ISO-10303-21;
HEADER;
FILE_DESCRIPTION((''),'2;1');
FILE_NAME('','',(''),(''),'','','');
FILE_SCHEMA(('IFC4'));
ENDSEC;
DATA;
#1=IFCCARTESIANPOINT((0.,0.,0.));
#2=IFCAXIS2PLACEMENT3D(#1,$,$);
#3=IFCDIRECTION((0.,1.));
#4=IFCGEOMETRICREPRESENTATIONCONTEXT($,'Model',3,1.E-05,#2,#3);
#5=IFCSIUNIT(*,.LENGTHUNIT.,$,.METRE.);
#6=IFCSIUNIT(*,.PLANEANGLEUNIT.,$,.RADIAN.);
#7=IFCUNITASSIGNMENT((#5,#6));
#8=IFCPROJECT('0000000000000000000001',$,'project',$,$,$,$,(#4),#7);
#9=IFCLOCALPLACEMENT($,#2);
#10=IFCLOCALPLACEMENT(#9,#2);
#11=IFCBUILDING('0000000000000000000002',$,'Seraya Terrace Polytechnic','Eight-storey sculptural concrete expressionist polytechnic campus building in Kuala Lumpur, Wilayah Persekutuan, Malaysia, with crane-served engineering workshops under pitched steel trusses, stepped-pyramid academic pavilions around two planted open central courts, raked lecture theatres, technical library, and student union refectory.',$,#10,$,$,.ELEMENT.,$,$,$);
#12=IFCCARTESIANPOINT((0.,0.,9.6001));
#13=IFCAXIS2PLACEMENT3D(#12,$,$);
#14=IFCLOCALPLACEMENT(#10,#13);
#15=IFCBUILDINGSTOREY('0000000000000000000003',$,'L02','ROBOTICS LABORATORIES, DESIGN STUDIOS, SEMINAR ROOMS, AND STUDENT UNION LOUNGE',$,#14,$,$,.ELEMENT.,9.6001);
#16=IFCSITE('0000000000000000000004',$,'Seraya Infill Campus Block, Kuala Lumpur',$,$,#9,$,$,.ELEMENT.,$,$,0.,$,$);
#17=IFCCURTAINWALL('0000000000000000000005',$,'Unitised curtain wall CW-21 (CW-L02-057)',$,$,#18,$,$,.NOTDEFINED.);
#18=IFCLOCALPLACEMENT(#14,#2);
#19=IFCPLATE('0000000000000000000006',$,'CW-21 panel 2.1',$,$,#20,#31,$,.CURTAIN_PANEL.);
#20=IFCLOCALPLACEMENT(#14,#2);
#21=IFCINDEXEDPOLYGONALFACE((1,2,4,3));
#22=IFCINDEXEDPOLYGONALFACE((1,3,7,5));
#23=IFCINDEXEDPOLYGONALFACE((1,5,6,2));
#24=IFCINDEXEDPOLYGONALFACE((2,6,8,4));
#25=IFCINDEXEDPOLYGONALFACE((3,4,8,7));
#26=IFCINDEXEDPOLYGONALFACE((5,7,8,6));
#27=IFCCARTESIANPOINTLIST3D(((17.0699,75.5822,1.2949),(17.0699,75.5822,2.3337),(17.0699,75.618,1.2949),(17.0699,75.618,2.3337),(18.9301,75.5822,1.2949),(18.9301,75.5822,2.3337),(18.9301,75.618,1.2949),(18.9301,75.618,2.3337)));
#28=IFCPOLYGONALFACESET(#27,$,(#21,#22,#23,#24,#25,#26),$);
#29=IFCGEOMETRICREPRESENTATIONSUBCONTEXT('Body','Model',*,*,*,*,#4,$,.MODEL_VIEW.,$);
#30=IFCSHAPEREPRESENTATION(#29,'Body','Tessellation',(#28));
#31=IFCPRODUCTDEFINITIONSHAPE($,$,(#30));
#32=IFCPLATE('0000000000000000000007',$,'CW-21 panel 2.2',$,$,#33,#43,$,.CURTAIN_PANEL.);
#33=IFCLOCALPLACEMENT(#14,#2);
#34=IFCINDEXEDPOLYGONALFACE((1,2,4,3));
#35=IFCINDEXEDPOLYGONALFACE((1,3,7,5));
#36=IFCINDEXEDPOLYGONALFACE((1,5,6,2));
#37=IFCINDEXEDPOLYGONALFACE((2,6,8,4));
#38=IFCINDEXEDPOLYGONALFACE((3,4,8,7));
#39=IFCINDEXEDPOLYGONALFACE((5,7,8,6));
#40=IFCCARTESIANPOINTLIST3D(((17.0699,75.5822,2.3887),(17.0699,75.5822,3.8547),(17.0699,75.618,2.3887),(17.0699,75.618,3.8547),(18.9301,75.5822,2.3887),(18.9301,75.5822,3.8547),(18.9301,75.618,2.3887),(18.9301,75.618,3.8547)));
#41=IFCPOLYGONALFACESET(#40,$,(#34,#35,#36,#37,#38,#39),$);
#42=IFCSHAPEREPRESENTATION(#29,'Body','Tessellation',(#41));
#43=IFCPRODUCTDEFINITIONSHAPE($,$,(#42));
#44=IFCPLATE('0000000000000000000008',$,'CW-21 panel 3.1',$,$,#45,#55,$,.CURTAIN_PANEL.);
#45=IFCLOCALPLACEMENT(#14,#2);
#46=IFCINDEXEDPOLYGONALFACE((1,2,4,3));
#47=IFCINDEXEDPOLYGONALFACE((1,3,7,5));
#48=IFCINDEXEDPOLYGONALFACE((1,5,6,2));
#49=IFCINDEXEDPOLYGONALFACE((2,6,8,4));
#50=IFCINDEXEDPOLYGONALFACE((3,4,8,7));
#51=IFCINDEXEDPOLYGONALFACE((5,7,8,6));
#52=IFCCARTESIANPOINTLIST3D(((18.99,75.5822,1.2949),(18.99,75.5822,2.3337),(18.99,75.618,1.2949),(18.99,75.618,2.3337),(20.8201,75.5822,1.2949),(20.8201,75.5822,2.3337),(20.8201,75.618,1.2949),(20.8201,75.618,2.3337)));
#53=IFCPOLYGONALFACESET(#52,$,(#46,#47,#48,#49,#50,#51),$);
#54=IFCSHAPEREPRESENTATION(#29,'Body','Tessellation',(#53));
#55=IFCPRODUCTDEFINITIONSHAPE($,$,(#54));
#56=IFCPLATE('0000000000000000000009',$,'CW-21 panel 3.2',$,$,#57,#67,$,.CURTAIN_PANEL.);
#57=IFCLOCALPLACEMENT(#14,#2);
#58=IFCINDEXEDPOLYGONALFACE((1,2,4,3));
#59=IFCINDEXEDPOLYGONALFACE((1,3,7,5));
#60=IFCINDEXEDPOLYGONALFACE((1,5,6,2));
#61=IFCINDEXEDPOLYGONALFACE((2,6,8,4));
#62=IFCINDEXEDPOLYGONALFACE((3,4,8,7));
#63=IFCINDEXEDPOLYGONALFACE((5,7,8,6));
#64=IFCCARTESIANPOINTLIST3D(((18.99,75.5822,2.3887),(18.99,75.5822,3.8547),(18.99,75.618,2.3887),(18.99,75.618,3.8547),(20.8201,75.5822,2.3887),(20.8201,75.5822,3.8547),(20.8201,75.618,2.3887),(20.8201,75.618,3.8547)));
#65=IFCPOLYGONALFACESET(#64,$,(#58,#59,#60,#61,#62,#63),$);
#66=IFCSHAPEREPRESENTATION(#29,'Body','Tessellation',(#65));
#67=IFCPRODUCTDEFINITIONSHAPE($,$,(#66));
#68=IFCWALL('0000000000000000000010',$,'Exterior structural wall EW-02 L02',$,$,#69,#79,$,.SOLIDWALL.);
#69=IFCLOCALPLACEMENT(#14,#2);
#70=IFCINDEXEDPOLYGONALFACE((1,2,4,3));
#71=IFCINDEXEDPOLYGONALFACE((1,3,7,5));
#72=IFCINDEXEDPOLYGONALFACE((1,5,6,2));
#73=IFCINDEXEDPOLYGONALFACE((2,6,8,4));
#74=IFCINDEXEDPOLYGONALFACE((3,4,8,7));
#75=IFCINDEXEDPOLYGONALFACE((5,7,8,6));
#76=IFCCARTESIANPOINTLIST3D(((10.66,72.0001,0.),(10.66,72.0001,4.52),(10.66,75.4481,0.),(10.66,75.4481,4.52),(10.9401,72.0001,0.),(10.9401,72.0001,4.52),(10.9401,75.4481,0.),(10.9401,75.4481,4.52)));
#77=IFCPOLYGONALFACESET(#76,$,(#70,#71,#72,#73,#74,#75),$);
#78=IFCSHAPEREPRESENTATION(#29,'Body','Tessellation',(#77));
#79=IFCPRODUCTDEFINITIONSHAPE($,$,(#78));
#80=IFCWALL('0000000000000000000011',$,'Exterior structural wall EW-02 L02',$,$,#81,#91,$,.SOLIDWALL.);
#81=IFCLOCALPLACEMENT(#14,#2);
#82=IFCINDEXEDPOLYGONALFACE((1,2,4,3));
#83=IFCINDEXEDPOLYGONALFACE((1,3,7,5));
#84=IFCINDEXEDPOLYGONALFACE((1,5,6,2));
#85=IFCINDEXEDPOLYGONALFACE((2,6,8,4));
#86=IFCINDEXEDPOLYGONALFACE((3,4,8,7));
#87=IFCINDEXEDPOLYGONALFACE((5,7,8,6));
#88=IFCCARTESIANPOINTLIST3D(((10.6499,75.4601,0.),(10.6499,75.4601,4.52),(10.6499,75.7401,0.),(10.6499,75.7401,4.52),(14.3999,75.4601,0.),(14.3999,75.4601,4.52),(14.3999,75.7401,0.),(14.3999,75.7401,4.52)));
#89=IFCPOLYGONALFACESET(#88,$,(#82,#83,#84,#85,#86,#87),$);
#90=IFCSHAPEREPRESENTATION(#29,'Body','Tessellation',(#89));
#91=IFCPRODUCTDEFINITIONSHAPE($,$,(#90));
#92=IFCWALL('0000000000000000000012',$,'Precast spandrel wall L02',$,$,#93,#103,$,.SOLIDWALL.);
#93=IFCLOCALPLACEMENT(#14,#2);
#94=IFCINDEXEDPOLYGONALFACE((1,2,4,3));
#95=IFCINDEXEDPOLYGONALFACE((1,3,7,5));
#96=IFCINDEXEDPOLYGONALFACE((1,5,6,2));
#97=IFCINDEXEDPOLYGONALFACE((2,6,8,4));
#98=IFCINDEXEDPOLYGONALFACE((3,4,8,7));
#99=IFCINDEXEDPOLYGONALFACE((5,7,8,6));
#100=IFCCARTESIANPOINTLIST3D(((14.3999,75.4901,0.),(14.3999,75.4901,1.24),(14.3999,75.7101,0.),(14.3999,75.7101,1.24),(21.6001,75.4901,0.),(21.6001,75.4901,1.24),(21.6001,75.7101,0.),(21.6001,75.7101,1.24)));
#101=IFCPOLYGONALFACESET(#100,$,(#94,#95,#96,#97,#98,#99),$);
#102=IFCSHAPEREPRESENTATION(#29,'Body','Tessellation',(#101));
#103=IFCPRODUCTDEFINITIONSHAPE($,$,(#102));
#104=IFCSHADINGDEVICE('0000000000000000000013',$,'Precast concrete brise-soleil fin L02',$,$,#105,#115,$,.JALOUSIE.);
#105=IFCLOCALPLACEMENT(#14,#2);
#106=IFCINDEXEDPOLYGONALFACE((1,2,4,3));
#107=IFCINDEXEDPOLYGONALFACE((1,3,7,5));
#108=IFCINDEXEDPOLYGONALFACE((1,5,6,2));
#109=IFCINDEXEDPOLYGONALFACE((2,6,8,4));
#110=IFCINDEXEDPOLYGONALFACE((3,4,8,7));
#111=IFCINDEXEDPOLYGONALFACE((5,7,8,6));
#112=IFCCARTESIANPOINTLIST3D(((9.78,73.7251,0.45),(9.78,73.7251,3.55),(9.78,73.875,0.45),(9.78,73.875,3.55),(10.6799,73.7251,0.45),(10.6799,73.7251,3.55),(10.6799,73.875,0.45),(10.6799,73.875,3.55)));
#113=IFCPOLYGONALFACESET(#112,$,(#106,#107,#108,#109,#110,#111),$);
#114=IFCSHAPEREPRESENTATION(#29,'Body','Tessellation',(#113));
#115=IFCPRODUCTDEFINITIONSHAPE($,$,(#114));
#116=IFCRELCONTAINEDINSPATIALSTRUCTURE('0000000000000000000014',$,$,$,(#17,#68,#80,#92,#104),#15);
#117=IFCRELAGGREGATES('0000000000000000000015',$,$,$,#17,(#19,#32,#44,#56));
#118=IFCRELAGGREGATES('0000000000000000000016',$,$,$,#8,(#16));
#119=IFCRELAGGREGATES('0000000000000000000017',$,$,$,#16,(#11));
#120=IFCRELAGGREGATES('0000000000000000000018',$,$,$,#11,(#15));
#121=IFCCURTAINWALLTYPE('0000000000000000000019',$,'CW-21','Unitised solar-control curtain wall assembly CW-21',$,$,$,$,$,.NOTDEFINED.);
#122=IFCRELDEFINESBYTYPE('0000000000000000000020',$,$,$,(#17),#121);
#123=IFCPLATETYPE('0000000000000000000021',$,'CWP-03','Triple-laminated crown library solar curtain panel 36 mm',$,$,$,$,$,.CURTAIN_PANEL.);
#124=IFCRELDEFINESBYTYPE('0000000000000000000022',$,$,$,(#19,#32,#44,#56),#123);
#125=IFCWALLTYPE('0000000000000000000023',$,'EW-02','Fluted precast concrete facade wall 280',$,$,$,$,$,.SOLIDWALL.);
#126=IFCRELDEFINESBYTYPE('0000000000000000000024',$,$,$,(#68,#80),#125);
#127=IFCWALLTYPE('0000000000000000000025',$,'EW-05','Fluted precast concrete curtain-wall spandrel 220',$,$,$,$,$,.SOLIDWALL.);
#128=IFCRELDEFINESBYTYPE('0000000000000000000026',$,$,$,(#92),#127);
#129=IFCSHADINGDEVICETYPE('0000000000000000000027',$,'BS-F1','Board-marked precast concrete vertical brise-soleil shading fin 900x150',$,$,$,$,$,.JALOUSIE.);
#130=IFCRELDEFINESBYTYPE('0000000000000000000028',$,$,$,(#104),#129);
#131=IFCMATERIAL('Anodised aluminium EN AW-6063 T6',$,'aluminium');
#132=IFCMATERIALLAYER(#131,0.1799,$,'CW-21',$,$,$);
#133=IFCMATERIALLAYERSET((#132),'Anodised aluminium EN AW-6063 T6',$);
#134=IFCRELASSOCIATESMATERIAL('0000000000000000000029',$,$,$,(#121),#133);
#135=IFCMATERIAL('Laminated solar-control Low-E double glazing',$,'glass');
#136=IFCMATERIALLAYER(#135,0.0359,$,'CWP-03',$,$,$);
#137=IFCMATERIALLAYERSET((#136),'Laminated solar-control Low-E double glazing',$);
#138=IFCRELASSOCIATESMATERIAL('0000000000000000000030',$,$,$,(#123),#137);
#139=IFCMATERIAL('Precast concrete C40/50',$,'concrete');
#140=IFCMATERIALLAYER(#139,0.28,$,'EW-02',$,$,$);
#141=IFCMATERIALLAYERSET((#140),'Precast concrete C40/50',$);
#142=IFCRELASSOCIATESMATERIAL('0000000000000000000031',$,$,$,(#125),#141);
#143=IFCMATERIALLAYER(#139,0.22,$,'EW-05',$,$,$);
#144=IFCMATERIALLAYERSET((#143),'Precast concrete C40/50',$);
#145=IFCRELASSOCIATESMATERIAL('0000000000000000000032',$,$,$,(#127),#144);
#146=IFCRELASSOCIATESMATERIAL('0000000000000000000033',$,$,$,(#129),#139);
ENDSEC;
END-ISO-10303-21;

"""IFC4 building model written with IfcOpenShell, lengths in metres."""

from ifc_helpers import new_model, si_unit, direction, frame, frame_2d, origin, origin_2d, place, context, subcontext, project, spatial, rectangle, extrude, material, layer, layer_set, type_object, element, aggregate, save


model = new_model("IFC4")

# Units and contexts
model_context = context("Model", 3, precision=1e-05, world=origin(), true_north=direction((0.0, 1.0)))
body_context = subcontext(model_context, "Body", "Model", "MODEL_VIEW")
ifc_project = project(units=[si_unit("LENGTHUNIT", "METRE"), si_unit("PLANEANGLEUNIT", "RADIAN")], contexts=[model_context])

# Site, building, storey
site_placement = place(None, origin())
site = spatial("IfcSite", under=ifc_project, at=site_placement, Name="Seraya Infill Campus Block, Kuala Lumpur", CompositionType="ELEMENT", RefElevation=0.0)
building_placement = place(site_placement, origin())
building = spatial("IfcBuilding", under=site, at=building_placement, Name="Seraya Terrace Polytechnic", Description="Eight-storey sculptural concrete expressionist polytechnic campus building in Kuala Lumpur, Wilayah Persekutuan, Malaysia, with crane-served engineering workshops under pitched steel trusses, stepped-pyramid academic pavilions around two planted open central courts, raked lecture theatres, technical library, and student union refectory.", CompositionType="ELEMENT")
storey_placement = place(building_placement, frame((0.0, 0.0, 9.6001)))
storey = spatial("IfcBuildingStorey", under=building, at=storey_placement, Name="L02", Description="ROBOTICS LABORATORIES, DESIGN STUDIOS, SEMINAR ROOMS, AND STUDENT UNION LOUNGE", CompositionType="ELEMENT", Elevation=9.6001)

# Curtain wall
ifc_material_1 = material(Name="Anodised aluminium EN AW-6063 T6", Category="aluminium")
ifc_layer_1 = layer(ifc_material_1, 0.1799, Name="CW-21")
ifc_layer_set_1 = layer_set([ifc_layer_1], Name="Anodised aluminium EN AW-6063 T6")
curtain_wall_type = type_object("IfcCurtainWallType", Name="CW-21", Description="Unitised solar-control curtain wall assembly CW-21", PredefinedType="NOTDEFINED", material=ifc_layer_set_1)
curtain_wall_placement = place(storey_placement, origin())
curtain_wall = element("IfcCurtainWall", 1, at=curtain_wall_placement, inside=storey, type_object=curtain_wall_type, Name="Unitised curtain wall CW-21 (CW-L02-057)", PredefinedType="NOTDEFINED")

# Plates
ifc_material_2 = material(Name="Laminated solar-control Low-E double glazing", Category="glass")
ifc_layer_2 = layer(ifc_material_2, 0.0359, Name="CWP-03")
ifc_layer_set_2 = layer_set([ifc_layer_2], Name="Laminated solar-control Low-E double glazing")
plate_type = type_object("IfcPlateType", Name="CWP-03", Description="Triple-laminated crown library solar curtain panel 36 mm", PredefinedType="CURTAIN_PANEL", material=ifc_layer_set_2)
plate_1_placement = place(storey_placement, frame((18.0, 75.6001, 1.2949), z_axis=(0.0, 0.0, 1.0), x_axis=(1.0, 0.0, 0.0)))
plate_1 = element("IfcPlate", 2, at=plate_1_placement, type_object=plate_type, Name="CW-21 panel 2.1", PredefinedType="CURTAIN_PANEL", context=body_context, shape_type="SweptSolid", body=[
    extrude(rectangle(XDim=1.8601, YDim=0.0359, at=origin_2d()), origin(), (0.0, 0.0, 1.0), 1.0388),
])
plate_2_placement = place(storey_placement, frame((18.0, 75.6001, 2.3887), z_axis=(0.0, 0.0, 1.0), x_axis=(1.0, 0.0, 0.0)))
plate_2 = element("IfcPlate", 3, at=plate_2_placement, type_object=plate_type, Name="CW-21 panel 2.2", PredefinedType="CURTAIN_PANEL", context=body_context, shape_type="SweptSolid", body=[
    extrude(rectangle(XDim=1.8601, YDim=0.0359, at=origin_2d()), origin(), (0.0, 0.0, 1.0), 1.4661),
])
plate_3_placement = place(storey_placement, frame((19.905, 75.6001, 1.2949), z_axis=(0.0, 0.0, 1.0), x_axis=(1.0, 0.0, 0.0)))
plate_3 = element("IfcPlate", 4, at=plate_3_placement, type_object=plate_type, Name="CW-21 panel 3.1", PredefinedType="CURTAIN_PANEL", context=body_context, shape_type="SweptSolid", body=[
    extrude(rectangle(XDim=1.8301, YDim=0.0359, at=origin_2d()), origin(), (0.0, 0.0, 1.0), 1.0388),
])
plate_4_placement = place(storey_placement, frame((19.905, 75.6001, 2.3887), z_axis=(0.0, 0.0, 1.0), x_axis=(1.0, 0.0, 0.0)))
plate_4 = element("IfcPlate", 5, at=plate_4_placement, type_object=plate_type, Name="CW-21 panel 3.2", PredefinedType="CURTAIN_PANEL", context=body_context, shape_type="SweptSolid", body=[
    extrude(rectangle(XDim=1.8301, YDim=0.0359, at=origin_2d()), origin(), (0.0, 0.0, 1.0), 1.4661),
])
aggregate(curtain_wall, [plate_1, plate_2, plate_3, plate_4])

# Walls
ifc_material_3 = material(Name="Precast concrete C40/50", Category="concrete")
ifc_layer_3 = layer(ifc_material_3, 0.28, Name="EW-02")
ifc_layer_set_3 = layer_set([ifc_layer_3], Name="Precast concrete C40/50")
wall_type_1 = type_object("IfcWallType", Name="EW-02", Description="Fluted precast concrete facade wall 280", PredefinedType="SOLIDWALL", material=ifc_layer_set_3)
wall_1_placement = place(storey_placement, frame((10.8, 72.0, 0.0), z_axis=(0.0, 0.0, 1.0), x_axis=(0.0, 1.0, 0.0)))
element("IfcWall", 6, at=wall_1_placement, inside=storey, type_object=wall_type_1, Name="Exterior structural wall EW-02 L02", PredefinedType="SOLIDWALL", context=body_context, shape_type="SweptSolid", body=[
    extrude(rectangle(XDim=3.448, YDim=0.28, at=frame_2d((1.7241, 0.0))), origin(), (0.0, 0.0, 1.0), 4.52),
])
wall_2_placement = place(storey_placement, frame((10.6499, 75.6001, 0.0), z_axis=(0.0, 0.0, 1.0), x_axis=(1.0, 0.0, 0.0)))
element("IfcWall", 7, at=wall_2_placement, inside=storey, type_object=wall_type_1, Name="Exterior structural wall EW-02 L02", PredefinedType="SOLIDWALL", context=body_context, shape_type="SweptSolid", body=[
    extrude(rectangle(XDim=3.75, YDim=0.28, at=frame_2d((1.875, 0.0))), origin(), (0.0, 0.0, 1.0), 4.52),
])
ifc_layer_4 = layer(ifc_material_3, 0.22, Name="EW-05")
ifc_layer_set_4 = layer_set([ifc_layer_4], Name="Precast concrete C40/50")
wall_type_2 = type_object("IfcWallType", Name="EW-05", Description="Fluted precast concrete curtain-wall spandrel 220", PredefinedType="SOLIDWALL", material=ifc_layer_set_4)
wall_3_placement = place(storey_placement, frame((14.3999, 75.6001, 0.0), z_axis=(0.0, 0.0, 1.0), x_axis=(1.0, 0.0, 0.0)))
element("IfcWall", 8, at=wall_3_placement, inside=storey, type_object=wall_type_2, Name="Precast spandrel wall L02", PredefinedType="SOLIDWALL", context=body_context, shape_type="SweptSolid", body=[
    extrude(rectangle(XDim=7.2002, YDim=0.22, at=frame_2d((3.6001, 0.0))), origin(), (0.0, 0.0, 1.0), 1.24),
])

# Shading device
shading_device_type = type_object("IfcShadingDeviceType", Name="BS-F1", Description="Board-marked precast concrete vertical brise-soleil shading fin 900x150", PredefinedType="JALOUSIE", material=ifc_material_3)
shading_device_placement = place(storey_placement, frame((10.23, 73.8, 0.45), z_axis=(0.0, 0.0, 1.0), x_axis=(-1.0, 0.0, 0.0)))
element("IfcShadingDevice", 9, at=shading_device_placement, inside=storey, type_object=shading_device_type, Name="Precast concrete brise-soleil fin L02", PredefinedType="JALOUSIE", context=body_context, shape_type="SweptSolid", body=[
    extrude(rectangle(XDim=0.8999, YDim=0.1499, at=origin_2d()), origin(), (0.0, 0.0, 1.0), 3.1001),
])

save(model, "model.ifc")
